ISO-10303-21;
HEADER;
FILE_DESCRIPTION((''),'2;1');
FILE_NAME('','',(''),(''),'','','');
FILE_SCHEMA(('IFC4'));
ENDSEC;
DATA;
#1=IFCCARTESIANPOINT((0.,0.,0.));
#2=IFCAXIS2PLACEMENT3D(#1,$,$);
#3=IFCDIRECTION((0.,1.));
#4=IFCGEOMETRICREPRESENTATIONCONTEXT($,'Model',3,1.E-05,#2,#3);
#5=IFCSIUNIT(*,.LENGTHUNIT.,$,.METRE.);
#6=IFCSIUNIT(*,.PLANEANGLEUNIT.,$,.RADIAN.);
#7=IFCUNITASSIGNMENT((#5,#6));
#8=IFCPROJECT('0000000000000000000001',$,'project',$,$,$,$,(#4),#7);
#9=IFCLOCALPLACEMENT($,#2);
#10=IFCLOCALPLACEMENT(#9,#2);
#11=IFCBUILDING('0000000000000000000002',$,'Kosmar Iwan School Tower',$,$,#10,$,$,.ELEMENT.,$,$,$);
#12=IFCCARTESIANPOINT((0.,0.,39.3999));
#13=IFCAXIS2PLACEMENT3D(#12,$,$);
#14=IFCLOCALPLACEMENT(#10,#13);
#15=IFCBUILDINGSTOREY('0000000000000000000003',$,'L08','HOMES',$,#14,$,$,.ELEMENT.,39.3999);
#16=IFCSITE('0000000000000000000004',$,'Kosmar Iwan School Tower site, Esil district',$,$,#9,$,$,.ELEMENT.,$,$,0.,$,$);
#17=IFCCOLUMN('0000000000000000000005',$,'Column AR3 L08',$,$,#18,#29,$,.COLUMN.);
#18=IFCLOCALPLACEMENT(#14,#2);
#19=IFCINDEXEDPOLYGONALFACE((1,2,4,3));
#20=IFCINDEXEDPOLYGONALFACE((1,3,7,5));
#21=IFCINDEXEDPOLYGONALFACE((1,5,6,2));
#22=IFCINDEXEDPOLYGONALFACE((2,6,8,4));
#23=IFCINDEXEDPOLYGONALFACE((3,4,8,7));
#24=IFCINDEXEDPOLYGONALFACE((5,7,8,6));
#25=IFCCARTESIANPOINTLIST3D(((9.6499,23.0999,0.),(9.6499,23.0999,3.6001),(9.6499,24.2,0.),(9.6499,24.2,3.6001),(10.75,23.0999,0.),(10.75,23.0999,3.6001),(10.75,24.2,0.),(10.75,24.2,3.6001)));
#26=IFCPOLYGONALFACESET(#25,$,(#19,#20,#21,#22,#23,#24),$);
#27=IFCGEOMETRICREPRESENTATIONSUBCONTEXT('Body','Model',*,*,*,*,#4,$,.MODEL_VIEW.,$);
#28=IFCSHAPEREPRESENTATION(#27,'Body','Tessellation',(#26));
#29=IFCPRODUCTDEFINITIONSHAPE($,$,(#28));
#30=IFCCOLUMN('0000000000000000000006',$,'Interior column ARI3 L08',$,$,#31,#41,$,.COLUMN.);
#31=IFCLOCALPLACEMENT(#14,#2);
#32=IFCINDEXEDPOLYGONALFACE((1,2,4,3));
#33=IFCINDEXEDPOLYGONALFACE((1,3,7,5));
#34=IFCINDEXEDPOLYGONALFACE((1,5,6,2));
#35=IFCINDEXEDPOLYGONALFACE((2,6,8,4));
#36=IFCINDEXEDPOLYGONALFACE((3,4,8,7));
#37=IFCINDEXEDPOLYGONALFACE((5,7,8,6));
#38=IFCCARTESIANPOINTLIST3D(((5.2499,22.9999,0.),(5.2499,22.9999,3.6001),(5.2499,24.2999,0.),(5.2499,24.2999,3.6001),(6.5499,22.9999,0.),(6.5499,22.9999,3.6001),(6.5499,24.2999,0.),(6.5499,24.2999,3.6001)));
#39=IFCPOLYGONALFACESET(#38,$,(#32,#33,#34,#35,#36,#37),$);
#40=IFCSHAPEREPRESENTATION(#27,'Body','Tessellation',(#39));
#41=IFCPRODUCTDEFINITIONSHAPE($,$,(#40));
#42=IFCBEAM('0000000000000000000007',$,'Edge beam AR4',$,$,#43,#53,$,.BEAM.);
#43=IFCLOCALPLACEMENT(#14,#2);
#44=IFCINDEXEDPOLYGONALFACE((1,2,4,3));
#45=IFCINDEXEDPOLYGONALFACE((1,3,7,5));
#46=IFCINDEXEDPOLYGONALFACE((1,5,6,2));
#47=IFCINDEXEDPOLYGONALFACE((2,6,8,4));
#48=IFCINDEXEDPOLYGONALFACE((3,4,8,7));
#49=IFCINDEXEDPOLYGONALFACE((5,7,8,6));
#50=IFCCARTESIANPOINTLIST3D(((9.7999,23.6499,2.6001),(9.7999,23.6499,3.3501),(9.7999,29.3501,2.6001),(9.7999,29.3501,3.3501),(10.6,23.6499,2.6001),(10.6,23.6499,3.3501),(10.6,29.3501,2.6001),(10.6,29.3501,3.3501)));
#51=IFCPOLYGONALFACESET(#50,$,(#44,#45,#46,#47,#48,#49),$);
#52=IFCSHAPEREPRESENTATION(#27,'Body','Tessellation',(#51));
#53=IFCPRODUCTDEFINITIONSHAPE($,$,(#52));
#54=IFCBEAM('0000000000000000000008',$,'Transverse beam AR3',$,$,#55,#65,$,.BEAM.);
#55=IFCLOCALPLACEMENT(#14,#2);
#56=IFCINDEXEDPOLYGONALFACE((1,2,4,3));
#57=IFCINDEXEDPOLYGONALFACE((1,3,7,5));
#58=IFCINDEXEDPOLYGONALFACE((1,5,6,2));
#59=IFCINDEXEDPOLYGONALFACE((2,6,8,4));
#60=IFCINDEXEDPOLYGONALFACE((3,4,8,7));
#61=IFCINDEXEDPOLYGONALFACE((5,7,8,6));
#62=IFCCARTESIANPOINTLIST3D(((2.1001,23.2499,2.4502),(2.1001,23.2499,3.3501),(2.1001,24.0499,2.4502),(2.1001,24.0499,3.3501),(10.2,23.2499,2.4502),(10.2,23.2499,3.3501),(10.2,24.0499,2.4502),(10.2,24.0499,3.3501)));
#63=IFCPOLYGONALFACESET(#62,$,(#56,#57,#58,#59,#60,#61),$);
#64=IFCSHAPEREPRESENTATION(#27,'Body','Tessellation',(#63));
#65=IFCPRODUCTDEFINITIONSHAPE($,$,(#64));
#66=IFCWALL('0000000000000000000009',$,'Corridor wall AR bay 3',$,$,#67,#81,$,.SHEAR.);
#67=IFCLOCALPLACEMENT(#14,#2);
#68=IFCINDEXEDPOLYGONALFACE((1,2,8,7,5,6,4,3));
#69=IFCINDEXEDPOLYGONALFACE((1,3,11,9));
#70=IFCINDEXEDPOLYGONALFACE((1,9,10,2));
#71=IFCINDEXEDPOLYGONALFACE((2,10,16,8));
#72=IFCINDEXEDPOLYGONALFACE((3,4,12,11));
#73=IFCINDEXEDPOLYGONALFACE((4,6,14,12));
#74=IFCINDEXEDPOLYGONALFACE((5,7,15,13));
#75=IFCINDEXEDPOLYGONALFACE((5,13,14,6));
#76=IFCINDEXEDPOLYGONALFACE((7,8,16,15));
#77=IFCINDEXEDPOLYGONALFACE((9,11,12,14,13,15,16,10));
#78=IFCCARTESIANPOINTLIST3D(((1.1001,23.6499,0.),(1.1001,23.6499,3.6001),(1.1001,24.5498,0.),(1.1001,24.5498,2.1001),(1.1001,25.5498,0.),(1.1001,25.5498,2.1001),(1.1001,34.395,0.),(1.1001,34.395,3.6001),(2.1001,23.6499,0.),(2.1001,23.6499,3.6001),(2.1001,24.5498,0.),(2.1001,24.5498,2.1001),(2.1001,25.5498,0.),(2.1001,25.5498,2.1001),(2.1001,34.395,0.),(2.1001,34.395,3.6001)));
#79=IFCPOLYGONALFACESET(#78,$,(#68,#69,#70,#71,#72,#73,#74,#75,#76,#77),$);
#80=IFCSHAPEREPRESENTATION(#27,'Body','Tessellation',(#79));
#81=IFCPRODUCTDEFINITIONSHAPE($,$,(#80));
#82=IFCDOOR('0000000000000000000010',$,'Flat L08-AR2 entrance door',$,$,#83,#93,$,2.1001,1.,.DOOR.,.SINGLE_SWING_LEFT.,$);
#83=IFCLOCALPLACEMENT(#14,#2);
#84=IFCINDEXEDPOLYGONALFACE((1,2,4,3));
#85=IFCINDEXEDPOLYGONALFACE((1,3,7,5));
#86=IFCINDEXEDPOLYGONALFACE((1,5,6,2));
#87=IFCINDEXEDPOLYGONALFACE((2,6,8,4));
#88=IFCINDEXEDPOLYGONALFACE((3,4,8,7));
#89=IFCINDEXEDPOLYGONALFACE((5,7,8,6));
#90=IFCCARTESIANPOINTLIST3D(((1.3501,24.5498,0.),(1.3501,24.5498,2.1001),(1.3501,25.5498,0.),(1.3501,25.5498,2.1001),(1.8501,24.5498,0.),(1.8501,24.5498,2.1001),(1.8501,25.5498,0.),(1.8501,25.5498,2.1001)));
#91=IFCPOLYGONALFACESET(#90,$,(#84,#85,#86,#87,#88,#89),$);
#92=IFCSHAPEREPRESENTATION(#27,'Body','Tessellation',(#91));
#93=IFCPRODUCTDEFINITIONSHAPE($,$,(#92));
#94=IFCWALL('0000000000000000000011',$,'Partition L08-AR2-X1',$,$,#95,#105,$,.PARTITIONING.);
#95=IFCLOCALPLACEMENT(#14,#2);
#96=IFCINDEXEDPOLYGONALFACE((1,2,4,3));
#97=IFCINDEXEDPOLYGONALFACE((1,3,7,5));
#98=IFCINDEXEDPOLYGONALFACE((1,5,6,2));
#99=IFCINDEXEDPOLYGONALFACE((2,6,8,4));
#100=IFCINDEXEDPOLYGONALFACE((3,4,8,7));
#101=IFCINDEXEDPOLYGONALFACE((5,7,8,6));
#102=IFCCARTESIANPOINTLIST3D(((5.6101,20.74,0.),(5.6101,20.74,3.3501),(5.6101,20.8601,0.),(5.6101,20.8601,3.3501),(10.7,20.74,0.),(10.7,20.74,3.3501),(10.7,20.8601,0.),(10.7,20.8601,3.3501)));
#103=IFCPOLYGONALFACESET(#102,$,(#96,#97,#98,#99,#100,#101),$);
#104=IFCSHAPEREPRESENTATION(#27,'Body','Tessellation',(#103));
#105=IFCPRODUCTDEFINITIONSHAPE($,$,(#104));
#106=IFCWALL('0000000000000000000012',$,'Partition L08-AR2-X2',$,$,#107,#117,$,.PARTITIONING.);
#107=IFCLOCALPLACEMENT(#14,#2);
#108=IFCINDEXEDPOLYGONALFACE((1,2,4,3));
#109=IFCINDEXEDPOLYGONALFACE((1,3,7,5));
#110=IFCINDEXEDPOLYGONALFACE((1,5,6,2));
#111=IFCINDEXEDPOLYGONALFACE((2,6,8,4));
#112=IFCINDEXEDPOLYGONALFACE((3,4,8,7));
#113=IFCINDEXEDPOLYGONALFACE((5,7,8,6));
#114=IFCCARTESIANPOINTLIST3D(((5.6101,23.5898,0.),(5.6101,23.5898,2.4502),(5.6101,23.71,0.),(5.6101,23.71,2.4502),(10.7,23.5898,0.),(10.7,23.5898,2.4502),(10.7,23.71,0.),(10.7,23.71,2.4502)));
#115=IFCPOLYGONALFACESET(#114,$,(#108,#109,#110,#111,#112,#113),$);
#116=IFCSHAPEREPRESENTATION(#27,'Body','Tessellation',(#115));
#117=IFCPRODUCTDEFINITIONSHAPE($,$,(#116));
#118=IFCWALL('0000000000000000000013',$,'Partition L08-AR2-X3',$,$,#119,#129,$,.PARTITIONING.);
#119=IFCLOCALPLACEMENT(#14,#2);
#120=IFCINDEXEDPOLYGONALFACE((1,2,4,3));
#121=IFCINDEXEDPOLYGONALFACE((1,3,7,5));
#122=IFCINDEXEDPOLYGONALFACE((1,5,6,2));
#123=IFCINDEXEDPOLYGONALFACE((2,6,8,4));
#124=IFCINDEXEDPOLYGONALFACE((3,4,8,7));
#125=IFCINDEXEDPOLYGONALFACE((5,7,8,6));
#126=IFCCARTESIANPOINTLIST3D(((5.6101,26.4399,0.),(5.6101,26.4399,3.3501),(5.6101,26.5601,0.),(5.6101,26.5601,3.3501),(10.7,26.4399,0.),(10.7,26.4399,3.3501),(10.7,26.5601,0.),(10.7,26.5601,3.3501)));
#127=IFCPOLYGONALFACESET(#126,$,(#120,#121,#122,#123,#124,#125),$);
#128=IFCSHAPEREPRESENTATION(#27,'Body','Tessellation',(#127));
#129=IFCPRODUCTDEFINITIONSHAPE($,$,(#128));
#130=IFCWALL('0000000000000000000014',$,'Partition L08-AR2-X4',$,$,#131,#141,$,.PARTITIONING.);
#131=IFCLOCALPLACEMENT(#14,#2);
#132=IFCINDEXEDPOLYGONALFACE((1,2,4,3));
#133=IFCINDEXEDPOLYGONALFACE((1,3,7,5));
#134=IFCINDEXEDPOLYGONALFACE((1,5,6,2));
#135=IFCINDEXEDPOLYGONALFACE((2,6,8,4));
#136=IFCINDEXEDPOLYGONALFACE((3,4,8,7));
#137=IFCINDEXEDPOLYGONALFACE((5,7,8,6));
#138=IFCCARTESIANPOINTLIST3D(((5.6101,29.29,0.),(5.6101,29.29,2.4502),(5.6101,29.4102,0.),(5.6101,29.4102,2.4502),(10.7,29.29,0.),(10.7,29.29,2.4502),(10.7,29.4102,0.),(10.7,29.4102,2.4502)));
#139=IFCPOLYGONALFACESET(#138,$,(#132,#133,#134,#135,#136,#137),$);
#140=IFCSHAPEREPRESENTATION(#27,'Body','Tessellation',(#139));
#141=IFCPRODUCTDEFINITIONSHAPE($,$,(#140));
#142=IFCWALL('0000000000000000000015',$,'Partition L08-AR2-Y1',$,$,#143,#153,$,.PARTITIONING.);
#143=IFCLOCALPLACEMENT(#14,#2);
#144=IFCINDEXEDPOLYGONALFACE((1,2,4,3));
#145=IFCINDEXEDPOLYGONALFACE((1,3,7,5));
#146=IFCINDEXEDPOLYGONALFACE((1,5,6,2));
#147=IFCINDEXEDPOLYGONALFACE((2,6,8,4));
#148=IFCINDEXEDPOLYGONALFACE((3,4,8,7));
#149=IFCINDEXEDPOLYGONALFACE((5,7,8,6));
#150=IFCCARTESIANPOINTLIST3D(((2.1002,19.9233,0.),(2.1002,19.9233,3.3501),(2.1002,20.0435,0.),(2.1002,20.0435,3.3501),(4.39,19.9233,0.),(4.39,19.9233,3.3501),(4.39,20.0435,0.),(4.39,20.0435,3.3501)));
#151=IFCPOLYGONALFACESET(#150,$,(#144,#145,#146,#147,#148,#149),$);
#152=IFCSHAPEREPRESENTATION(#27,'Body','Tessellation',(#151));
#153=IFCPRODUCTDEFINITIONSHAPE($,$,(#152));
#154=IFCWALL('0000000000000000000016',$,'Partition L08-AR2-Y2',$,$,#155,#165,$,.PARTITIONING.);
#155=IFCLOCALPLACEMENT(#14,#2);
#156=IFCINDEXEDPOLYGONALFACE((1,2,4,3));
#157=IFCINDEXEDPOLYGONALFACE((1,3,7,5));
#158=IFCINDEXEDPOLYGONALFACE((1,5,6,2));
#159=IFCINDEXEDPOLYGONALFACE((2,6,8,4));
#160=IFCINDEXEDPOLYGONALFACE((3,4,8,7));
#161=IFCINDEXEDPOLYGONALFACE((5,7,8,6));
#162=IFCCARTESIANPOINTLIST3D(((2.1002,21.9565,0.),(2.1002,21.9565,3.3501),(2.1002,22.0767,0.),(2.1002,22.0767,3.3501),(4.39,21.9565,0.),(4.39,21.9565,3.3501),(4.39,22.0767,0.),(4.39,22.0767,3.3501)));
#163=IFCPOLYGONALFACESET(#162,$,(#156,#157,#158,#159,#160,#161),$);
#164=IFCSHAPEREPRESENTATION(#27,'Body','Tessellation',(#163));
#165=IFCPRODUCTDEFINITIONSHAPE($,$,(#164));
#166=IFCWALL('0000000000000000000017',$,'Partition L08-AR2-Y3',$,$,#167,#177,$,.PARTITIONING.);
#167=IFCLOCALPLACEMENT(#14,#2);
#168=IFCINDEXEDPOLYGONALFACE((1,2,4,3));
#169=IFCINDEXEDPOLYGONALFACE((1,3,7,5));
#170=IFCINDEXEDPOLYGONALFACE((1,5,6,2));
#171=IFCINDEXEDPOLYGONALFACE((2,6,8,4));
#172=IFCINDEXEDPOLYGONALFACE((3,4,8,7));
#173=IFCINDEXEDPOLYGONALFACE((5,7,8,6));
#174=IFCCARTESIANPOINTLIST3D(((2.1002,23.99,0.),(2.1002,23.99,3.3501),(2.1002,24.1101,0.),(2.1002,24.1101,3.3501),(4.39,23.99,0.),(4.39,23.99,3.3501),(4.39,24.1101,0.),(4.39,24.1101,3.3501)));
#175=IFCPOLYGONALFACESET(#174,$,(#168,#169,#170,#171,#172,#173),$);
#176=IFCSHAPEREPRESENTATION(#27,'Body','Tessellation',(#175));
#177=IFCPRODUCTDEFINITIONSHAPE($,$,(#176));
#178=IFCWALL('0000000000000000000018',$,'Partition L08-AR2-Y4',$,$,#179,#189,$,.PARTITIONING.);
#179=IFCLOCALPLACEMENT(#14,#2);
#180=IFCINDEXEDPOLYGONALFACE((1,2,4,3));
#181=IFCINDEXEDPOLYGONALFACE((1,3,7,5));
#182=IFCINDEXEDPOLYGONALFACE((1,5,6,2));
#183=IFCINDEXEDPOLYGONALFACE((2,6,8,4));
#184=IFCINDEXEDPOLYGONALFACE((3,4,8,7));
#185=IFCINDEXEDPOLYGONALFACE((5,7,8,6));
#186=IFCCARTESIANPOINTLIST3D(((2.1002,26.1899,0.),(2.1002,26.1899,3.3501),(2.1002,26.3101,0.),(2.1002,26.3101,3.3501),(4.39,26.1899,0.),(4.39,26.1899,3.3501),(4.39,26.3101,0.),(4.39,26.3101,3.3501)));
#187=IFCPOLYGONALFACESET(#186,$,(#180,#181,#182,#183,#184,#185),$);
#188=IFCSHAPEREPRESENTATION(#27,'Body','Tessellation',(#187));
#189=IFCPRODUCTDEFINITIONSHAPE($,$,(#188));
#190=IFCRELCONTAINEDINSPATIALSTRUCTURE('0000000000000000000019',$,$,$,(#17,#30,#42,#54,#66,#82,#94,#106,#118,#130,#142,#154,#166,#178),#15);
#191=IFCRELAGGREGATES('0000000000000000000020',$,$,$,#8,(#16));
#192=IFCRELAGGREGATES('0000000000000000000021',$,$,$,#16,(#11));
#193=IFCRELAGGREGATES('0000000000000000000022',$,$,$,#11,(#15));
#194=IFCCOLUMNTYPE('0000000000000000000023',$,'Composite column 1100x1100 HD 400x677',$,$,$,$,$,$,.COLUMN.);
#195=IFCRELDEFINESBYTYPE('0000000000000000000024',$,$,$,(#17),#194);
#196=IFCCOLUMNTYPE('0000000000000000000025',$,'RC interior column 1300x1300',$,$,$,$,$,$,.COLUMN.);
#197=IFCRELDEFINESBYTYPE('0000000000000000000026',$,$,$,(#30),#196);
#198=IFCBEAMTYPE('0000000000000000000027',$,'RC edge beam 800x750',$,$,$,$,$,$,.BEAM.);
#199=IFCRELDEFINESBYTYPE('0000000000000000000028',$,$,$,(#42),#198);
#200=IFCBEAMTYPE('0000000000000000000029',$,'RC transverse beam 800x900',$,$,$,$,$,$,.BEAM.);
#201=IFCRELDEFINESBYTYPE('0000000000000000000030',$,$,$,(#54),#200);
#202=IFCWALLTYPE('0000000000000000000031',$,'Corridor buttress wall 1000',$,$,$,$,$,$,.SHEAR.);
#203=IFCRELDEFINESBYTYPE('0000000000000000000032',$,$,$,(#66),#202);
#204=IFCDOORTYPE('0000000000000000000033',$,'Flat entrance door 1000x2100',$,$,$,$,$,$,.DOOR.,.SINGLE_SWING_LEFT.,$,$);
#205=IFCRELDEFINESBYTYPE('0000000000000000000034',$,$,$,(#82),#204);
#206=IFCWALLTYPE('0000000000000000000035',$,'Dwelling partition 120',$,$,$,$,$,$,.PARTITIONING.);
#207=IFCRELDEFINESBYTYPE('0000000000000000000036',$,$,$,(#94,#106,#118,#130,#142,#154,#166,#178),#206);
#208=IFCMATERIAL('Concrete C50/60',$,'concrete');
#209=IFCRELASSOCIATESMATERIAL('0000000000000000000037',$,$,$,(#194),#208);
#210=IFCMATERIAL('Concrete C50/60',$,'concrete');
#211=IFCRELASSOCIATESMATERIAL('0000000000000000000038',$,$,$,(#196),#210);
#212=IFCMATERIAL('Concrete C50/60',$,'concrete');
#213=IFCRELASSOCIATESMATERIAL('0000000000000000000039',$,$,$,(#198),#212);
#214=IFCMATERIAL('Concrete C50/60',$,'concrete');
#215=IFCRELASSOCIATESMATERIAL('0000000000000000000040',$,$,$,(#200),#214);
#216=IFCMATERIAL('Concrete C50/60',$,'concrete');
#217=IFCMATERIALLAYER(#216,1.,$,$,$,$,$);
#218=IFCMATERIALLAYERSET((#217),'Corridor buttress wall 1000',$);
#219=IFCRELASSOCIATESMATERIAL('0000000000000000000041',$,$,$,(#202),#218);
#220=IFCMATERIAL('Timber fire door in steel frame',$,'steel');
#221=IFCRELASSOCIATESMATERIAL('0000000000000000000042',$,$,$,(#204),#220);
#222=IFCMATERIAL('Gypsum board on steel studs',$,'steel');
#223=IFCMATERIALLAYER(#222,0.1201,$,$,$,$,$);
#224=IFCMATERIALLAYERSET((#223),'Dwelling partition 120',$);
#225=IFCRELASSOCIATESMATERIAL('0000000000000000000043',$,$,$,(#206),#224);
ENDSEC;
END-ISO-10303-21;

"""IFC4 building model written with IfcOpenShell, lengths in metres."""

from ifc_helpers import new_model, si_unit, direction, frame, frame_2d, origin, origin_2d, place, context, subcontext, project, spatial, rectangle, extrude, material, layer, layer_set, material_profile, profile_set, type_object, element, fill, save


model = new_model("IFC4")

# Units and contexts
model_context = context("Model", 3, precision=1e-05, world=origin(), true_north=direction((0.0, 1.0)))
body_context = subcontext(model_context, "Body", "Model", "MODEL_VIEW")
ifc_project = project(units=[si_unit("LENGTHUNIT", "METRE"), si_unit("PLANEANGLEUNIT", "RADIAN")], contexts=[model_context])

# Site, building, storey
site_placement = place(None, origin())
site = spatial("IfcSite", under=ifc_project, at=site_placement, Name="Kosmar Iwan School Tower site, Esil district", CompositionType="ELEMENT", RefElevation=0.0)
building_placement = place(site_placement, origin())
building = spatial("IfcBuilding", under=site, at=building_placement, Name="Kosmar Iwan School Tower", CompositionType="ELEMENT")
storey_placement = place(building_placement, frame((0.0, 0.0, 39.3999)))
storey = spatial("IfcBuildingStorey", under=building, at=storey_placement, Name="L08", Description="HOMES", CompositionType="ELEMENT", Elevation=39.3999)

# Columns
ifc_material_1 = material(Name="Concrete C50/60", Category="concrete")
ifc_material_profile_1 = material_profile(ifc_material_1, rectangle(XDim=1.1001, YDim=1.1001, at=origin_2d()), Name="RC 1100x1100 + HD 400x677")
ifc_profile_set_1 = profile_set([ifc_material_profile_1], Name="Concrete C50/60")
column_type_1 = type_object("IfcColumnType", Name="Composite column 1100x1100 HD 400x677", PredefinedType="COLUMN", material=ifc_profile_set_1)
column_1_placement = place(storey_placement, frame((10.2, 23.6499, 0.0), z_axis=(0.0, 0.0, 1.0), x_axis=(0.0, 1.0, 0.0)))
element("IfcColumn", 1, at=column_1_placement, inside=storey, type_object=column_type_1, Name="Column AR3 L08", PredefinedType="COLUMN", context=body_context, shape_type="SweptSolid", body=[
    extrude(rectangle(XDim=1.1001, YDim=1.1001, at=origin_2d()), origin(), (0.0, 0.0, 1.0), 3.6001),
])
ifc_material_2 = material(Name="Concrete C50/60", Category="concrete")
ifc_material_profile_2 = material_profile(ifc_material_2, rectangle(XDim=1.3, YDim=1.3, at=origin_2d()), Name="RC 1300x1300")
ifc_profile_set_2 = profile_set([ifc_material_profile_2], Name="Concrete C50/60")
column_type_2 = type_object("IfcColumnType", Name="RC interior column 1300x1300", PredefinedType="COLUMN", material=ifc_profile_set_2)
column_2_placement = place(storey_placement, frame((5.8999, 23.6499, 0.0), z_axis=(0.0, 0.0, 1.0), x_axis=(0.0, 1.0, 0.0)))
element("IfcColumn", 2, at=column_2_placement, inside=storey, type_object=column_type_2, Name="Interior column ARI3 L08", PredefinedType="COLUMN", context=body_context, shape_type="SweptSolid", body=[
    extrude(rectangle(XDim=1.3, YDim=1.3, at=origin_2d()), origin(), (0.0, 0.0, 1.0), 3.6001),
])

# Beams
ifc_material_3 = material(Name="Concrete C50/60", Category="concrete")
ifc_material_profile_3 = material_profile(ifc_material_3, rectangle(XDim=0.8, YDim=0.75, at=origin_2d()), Name="RC 800x750")
ifc_profile_set_3 = profile_set([ifc_material_profile_3], Name="Concrete C50/60")
beam_type_1 = type_object("IfcBeamType", Name="RC edge beam 800x750", PredefinedType="BEAM", material=ifc_profile_set_3)
beam_1_placement = place(storey_placement, frame((10.2, 23.6499, 2.9751), z_axis=(0.0, 1.0, 0.0), x_axis=(-1.0, 0.0, 0.0)))
element("IfcBeam", 3, at=beam_1_placement, inside=storey, type_object=beam_type_1, Name="Edge beam AR4", PredefinedType="BEAM", context=body_context, shape_type="SweptSolid", body=[
    extrude(rectangle(XDim=0.8, YDim=0.75, at=origin_2d()), origin(), (0.0, 0.0, 1.0), 5.7002),
])
ifc_material_4 = material(Name="Concrete C50/60", Category="concrete")
ifc_material_profile_4 = material_profile(ifc_material_4, rectangle(XDim=0.8, YDim=0.8999, at=origin_2d()), Name="RC 800x900")
ifc_profile_set_4 = profile_set([ifc_material_profile_4], Name="Concrete C50/60")
beam_type_2 = type_object("IfcBeamType", Name="RC transverse beam 800x900", PredefinedType="BEAM", material=ifc_profile_set_4)
beam_2_placement = place(storey_placement, frame((10.2, 23.6499, 2.9001), z_axis=(-1.0, 0.0, 0.0), x_axis=(0.0, -1.0, 0.0)))
element("IfcBeam", 4, at=beam_2_placement, inside=storey, type_object=beam_type_2, Name="Transverse beam AR3", PredefinedType="BEAM", context=body_context, shape_type="SweptSolid", body=[
    extrude(rectangle(XDim=0.8, YDim=0.8999, at=origin_2d()), origin(), (0.0, 0.0, 1.0), 8.0999),
])

# Wall, opening, door
ifc_material_5 = material(Name="Concrete C50/60", Category="concrete")
ifc_layer_1 = layer(ifc_material_5, 1.0)
ifc_layer_set_1 = layer_set([ifc_layer_1], Name="Corridor buttress wall 1000")
wall_type_1 = type_object("IfcWallType", Name="Corridor buttress wall 1000", PredefinedType="SHEAR", material=ifc_layer_set_1)
wall_1_placement = place(storey_placement, frame((1.6001, 23.6499, 0.0), z_axis=(0.0, 0.0, 1.0), x_axis=(0.0, 1.0, 0.0)))
wall_1 = element("IfcWall", 5, at=wall_1_placement, inside=storey, type_object=wall_type_1, Name="Corridor wall AR bay 3", PredefinedType="SHEAR", context=body_context, shape_type="SweptSolid", body=[
    extrude(rectangle(XDim=10.7451, YDim=1.0, at=frame_2d((5.3726, 0.0))), origin(), (0.0, 0.0, 1.0), 3.6001),
])
opening_placement = place(wall_1_placement, frame((0.8999, 0.0, 0.0)))
opening = element("IfcOpeningElement", 6, at=opening_placement, cuts=wall_1, PredefinedType="OPENING", context=body_context, shape_type="SweptSolid", body=[
    extrude(rectangle(XDim=1.0, YDim=2.1001, at=frame_2d((0.5, 1.05))), frame((0.0, 0.512, 0.0), z_axis=(0.0, -1.0, 0.0), x_axis=(1.0, 0.0, 0.0)), (0.0, 0.0, 1.0), 1.0239),
])
ifc_material_6 = material(Name="Timber fire door in steel frame", Category="steel")
door_type = type_object("IfcDoorType", Name="Flat entrance door 1000x2100", OperationType="SINGLE_SWING_LEFT", PredefinedType="DOOR", material=ifc_material_6)
door_placement = place(opening_placement, origin())
door = element("IfcDoor", 7, at=door_placement, inside=storey, type_object=door_type, Name="Flat L08-AR2 entrance door", OperationType="SINGLE_SWING_LEFT", OverallHeight=2.1001, OverallWidth=1.0, PredefinedType="DOOR", context=body_context, shape_type="SweptSolid", body=[
    extrude(rectangle(XDim=1.0, YDim=2.1001, at=frame_2d((0.5, 1.05))), frame((0.0, 0.25, 0.0), z_axis=(0.0, -1.0, 0.0), x_axis=(1.0, 0.0, 0.0)), (0.0, 0.0, 1.0), 0.5),
])
fill(opening, door)

# Walls
ifc_material_7 = material(Name="Gypsum board on steel studs", Category="steel")
ifc_layer_2 = layer(ifc_material_7, 0.1201)
ifc_layer_set_2 = layer_set([ifc_layer_2], Name="Dwelling partition 120")
wall_type_2 = type_object("IfcWallType", Name="Dwelling partition 120", PredefinedType="PARTITIONING", material=ifc_layer_set_2)
wall_2_placement = place(storey_placement, frame((5.6101, 20.8, 0.0), z_axis=(0.0, 0.0, 1.0), x_axis=(1.0, 0.0, 0.0)))
element("IfcWall", 8, at=wall_2_placement, inside=storey, type_object=wall_type_2, Name="Partition L08-AR2-X1", PredefinedType="PARTITIONING", context=body_context, shape_type="SweptSolid", body=[
    extrude(rectangle(XDim=5.0898, YDim=0.1201, at=frame_2d((2.5449, 0.0))), origin(), (0.0, 0.0, 1.0), 3.3501),
])
wall_3_placement = place(storey_placement, frame((5.6101, 23.6499, 0.0), z_axis=(0.0, 0.0, 1.0), x_axis=(1.0, 0.0, 0.0)))
element("IfcWall", 9, at=wall_3_placement, inside=storey, type_object=wall_type_2, Name="Partition L08-AR2-X2", PredefinedType="PARTITIONING", context=body_context, shape_type="SweptSolid", body=[
    extrude(rectangle(XDim=5.0898, YDim=0.1201, at=frame_2d((2.5449, 0.0))), origin(), (0.0, 0.0, 1.0), 2.4502),
])
wall_4_placement = place(storey_placement, frame((5.6101, 26.5, 0.0), z_axis=(0.0, 0.0, 1.0), x_axis=(1.0, 0.0, 0.0)))
element("IfcWall", 10, at=wall_4_placement, inside=storey, type_object=wall_type_2, Name="Partition L08-AR2-X3", PredefinedType="PARTITIONING", context=body_context, shape_type="SweptSolid", body=[
    extrude(rectangle(XDim=5.0898, YDim=0.1201, at=frame_2d((2.5449, 0.0))), origin(), (0.0, 0.0, 1.0), 3.3501),
])
wall_5_placement = place(storey_placement, frame((5.6101, 29.3501, 0.0), z_axis=(0.0, 0.0, 1.0), x_axis=(1.0, 0.0, 0.0)))
element("IfcWall", 11, at=wall_5_placement, inside=storey, type_object=wall_type_2, Name="Partition L08-AR2-X4", PredefinedType="PARTITIONING", context=body_context, shape_type="SweptSolid", body=[
    extrude(rectangle(XDim=5.0898, YDim=0.1201, at=frame_2d((2.5449, 0.0))), origin(), (0.0, 0.0, 1.0), 2.4502),
])
for number, where, z_axis, x_axis, name in (
    (12, (2.1001, 19.9834, 0.0), (0.0, 0.0, 1.0), (1.0, 0.0, 0.0), "Partition L08-AR2-Y1"),
    (13, (2.1001, 22.0166, 0.0), (0.0, 0.0, 1.0), (1.0, 0.0, 0.0), "Partition L08-AR2-Y2"),
    (14, (2.1001, 24.05, 0.0), (0.0, 0.0, 1.0), (1.0, 0.0, 0.0), "Partition L08-AR2-Y3"),
    (15, (2.1001, 26.25, 0.0), (0.0, 0.0, 1.0), (1.0, 0.0, 0.0), "Partition L08-AR2-Y4"),
):
    element("IfcWall", number, at=place(storey_placement, frame(where, z_axis=z_axis, x_axis=x_axis)), inside=storey, type_object=wall_type_2, Name=name, PredefinedType="PARTITIONING", context=body_context, shape_type="SweptSolid", body=[
        extrude(rectangle(XDim=2.2898, YDim=0.1201, at=frame_2d((1.145, 0.0))), origin(), (0.0, 0.0, 1.0), 3.3501),
    ])

save(model, "model.ifc")
